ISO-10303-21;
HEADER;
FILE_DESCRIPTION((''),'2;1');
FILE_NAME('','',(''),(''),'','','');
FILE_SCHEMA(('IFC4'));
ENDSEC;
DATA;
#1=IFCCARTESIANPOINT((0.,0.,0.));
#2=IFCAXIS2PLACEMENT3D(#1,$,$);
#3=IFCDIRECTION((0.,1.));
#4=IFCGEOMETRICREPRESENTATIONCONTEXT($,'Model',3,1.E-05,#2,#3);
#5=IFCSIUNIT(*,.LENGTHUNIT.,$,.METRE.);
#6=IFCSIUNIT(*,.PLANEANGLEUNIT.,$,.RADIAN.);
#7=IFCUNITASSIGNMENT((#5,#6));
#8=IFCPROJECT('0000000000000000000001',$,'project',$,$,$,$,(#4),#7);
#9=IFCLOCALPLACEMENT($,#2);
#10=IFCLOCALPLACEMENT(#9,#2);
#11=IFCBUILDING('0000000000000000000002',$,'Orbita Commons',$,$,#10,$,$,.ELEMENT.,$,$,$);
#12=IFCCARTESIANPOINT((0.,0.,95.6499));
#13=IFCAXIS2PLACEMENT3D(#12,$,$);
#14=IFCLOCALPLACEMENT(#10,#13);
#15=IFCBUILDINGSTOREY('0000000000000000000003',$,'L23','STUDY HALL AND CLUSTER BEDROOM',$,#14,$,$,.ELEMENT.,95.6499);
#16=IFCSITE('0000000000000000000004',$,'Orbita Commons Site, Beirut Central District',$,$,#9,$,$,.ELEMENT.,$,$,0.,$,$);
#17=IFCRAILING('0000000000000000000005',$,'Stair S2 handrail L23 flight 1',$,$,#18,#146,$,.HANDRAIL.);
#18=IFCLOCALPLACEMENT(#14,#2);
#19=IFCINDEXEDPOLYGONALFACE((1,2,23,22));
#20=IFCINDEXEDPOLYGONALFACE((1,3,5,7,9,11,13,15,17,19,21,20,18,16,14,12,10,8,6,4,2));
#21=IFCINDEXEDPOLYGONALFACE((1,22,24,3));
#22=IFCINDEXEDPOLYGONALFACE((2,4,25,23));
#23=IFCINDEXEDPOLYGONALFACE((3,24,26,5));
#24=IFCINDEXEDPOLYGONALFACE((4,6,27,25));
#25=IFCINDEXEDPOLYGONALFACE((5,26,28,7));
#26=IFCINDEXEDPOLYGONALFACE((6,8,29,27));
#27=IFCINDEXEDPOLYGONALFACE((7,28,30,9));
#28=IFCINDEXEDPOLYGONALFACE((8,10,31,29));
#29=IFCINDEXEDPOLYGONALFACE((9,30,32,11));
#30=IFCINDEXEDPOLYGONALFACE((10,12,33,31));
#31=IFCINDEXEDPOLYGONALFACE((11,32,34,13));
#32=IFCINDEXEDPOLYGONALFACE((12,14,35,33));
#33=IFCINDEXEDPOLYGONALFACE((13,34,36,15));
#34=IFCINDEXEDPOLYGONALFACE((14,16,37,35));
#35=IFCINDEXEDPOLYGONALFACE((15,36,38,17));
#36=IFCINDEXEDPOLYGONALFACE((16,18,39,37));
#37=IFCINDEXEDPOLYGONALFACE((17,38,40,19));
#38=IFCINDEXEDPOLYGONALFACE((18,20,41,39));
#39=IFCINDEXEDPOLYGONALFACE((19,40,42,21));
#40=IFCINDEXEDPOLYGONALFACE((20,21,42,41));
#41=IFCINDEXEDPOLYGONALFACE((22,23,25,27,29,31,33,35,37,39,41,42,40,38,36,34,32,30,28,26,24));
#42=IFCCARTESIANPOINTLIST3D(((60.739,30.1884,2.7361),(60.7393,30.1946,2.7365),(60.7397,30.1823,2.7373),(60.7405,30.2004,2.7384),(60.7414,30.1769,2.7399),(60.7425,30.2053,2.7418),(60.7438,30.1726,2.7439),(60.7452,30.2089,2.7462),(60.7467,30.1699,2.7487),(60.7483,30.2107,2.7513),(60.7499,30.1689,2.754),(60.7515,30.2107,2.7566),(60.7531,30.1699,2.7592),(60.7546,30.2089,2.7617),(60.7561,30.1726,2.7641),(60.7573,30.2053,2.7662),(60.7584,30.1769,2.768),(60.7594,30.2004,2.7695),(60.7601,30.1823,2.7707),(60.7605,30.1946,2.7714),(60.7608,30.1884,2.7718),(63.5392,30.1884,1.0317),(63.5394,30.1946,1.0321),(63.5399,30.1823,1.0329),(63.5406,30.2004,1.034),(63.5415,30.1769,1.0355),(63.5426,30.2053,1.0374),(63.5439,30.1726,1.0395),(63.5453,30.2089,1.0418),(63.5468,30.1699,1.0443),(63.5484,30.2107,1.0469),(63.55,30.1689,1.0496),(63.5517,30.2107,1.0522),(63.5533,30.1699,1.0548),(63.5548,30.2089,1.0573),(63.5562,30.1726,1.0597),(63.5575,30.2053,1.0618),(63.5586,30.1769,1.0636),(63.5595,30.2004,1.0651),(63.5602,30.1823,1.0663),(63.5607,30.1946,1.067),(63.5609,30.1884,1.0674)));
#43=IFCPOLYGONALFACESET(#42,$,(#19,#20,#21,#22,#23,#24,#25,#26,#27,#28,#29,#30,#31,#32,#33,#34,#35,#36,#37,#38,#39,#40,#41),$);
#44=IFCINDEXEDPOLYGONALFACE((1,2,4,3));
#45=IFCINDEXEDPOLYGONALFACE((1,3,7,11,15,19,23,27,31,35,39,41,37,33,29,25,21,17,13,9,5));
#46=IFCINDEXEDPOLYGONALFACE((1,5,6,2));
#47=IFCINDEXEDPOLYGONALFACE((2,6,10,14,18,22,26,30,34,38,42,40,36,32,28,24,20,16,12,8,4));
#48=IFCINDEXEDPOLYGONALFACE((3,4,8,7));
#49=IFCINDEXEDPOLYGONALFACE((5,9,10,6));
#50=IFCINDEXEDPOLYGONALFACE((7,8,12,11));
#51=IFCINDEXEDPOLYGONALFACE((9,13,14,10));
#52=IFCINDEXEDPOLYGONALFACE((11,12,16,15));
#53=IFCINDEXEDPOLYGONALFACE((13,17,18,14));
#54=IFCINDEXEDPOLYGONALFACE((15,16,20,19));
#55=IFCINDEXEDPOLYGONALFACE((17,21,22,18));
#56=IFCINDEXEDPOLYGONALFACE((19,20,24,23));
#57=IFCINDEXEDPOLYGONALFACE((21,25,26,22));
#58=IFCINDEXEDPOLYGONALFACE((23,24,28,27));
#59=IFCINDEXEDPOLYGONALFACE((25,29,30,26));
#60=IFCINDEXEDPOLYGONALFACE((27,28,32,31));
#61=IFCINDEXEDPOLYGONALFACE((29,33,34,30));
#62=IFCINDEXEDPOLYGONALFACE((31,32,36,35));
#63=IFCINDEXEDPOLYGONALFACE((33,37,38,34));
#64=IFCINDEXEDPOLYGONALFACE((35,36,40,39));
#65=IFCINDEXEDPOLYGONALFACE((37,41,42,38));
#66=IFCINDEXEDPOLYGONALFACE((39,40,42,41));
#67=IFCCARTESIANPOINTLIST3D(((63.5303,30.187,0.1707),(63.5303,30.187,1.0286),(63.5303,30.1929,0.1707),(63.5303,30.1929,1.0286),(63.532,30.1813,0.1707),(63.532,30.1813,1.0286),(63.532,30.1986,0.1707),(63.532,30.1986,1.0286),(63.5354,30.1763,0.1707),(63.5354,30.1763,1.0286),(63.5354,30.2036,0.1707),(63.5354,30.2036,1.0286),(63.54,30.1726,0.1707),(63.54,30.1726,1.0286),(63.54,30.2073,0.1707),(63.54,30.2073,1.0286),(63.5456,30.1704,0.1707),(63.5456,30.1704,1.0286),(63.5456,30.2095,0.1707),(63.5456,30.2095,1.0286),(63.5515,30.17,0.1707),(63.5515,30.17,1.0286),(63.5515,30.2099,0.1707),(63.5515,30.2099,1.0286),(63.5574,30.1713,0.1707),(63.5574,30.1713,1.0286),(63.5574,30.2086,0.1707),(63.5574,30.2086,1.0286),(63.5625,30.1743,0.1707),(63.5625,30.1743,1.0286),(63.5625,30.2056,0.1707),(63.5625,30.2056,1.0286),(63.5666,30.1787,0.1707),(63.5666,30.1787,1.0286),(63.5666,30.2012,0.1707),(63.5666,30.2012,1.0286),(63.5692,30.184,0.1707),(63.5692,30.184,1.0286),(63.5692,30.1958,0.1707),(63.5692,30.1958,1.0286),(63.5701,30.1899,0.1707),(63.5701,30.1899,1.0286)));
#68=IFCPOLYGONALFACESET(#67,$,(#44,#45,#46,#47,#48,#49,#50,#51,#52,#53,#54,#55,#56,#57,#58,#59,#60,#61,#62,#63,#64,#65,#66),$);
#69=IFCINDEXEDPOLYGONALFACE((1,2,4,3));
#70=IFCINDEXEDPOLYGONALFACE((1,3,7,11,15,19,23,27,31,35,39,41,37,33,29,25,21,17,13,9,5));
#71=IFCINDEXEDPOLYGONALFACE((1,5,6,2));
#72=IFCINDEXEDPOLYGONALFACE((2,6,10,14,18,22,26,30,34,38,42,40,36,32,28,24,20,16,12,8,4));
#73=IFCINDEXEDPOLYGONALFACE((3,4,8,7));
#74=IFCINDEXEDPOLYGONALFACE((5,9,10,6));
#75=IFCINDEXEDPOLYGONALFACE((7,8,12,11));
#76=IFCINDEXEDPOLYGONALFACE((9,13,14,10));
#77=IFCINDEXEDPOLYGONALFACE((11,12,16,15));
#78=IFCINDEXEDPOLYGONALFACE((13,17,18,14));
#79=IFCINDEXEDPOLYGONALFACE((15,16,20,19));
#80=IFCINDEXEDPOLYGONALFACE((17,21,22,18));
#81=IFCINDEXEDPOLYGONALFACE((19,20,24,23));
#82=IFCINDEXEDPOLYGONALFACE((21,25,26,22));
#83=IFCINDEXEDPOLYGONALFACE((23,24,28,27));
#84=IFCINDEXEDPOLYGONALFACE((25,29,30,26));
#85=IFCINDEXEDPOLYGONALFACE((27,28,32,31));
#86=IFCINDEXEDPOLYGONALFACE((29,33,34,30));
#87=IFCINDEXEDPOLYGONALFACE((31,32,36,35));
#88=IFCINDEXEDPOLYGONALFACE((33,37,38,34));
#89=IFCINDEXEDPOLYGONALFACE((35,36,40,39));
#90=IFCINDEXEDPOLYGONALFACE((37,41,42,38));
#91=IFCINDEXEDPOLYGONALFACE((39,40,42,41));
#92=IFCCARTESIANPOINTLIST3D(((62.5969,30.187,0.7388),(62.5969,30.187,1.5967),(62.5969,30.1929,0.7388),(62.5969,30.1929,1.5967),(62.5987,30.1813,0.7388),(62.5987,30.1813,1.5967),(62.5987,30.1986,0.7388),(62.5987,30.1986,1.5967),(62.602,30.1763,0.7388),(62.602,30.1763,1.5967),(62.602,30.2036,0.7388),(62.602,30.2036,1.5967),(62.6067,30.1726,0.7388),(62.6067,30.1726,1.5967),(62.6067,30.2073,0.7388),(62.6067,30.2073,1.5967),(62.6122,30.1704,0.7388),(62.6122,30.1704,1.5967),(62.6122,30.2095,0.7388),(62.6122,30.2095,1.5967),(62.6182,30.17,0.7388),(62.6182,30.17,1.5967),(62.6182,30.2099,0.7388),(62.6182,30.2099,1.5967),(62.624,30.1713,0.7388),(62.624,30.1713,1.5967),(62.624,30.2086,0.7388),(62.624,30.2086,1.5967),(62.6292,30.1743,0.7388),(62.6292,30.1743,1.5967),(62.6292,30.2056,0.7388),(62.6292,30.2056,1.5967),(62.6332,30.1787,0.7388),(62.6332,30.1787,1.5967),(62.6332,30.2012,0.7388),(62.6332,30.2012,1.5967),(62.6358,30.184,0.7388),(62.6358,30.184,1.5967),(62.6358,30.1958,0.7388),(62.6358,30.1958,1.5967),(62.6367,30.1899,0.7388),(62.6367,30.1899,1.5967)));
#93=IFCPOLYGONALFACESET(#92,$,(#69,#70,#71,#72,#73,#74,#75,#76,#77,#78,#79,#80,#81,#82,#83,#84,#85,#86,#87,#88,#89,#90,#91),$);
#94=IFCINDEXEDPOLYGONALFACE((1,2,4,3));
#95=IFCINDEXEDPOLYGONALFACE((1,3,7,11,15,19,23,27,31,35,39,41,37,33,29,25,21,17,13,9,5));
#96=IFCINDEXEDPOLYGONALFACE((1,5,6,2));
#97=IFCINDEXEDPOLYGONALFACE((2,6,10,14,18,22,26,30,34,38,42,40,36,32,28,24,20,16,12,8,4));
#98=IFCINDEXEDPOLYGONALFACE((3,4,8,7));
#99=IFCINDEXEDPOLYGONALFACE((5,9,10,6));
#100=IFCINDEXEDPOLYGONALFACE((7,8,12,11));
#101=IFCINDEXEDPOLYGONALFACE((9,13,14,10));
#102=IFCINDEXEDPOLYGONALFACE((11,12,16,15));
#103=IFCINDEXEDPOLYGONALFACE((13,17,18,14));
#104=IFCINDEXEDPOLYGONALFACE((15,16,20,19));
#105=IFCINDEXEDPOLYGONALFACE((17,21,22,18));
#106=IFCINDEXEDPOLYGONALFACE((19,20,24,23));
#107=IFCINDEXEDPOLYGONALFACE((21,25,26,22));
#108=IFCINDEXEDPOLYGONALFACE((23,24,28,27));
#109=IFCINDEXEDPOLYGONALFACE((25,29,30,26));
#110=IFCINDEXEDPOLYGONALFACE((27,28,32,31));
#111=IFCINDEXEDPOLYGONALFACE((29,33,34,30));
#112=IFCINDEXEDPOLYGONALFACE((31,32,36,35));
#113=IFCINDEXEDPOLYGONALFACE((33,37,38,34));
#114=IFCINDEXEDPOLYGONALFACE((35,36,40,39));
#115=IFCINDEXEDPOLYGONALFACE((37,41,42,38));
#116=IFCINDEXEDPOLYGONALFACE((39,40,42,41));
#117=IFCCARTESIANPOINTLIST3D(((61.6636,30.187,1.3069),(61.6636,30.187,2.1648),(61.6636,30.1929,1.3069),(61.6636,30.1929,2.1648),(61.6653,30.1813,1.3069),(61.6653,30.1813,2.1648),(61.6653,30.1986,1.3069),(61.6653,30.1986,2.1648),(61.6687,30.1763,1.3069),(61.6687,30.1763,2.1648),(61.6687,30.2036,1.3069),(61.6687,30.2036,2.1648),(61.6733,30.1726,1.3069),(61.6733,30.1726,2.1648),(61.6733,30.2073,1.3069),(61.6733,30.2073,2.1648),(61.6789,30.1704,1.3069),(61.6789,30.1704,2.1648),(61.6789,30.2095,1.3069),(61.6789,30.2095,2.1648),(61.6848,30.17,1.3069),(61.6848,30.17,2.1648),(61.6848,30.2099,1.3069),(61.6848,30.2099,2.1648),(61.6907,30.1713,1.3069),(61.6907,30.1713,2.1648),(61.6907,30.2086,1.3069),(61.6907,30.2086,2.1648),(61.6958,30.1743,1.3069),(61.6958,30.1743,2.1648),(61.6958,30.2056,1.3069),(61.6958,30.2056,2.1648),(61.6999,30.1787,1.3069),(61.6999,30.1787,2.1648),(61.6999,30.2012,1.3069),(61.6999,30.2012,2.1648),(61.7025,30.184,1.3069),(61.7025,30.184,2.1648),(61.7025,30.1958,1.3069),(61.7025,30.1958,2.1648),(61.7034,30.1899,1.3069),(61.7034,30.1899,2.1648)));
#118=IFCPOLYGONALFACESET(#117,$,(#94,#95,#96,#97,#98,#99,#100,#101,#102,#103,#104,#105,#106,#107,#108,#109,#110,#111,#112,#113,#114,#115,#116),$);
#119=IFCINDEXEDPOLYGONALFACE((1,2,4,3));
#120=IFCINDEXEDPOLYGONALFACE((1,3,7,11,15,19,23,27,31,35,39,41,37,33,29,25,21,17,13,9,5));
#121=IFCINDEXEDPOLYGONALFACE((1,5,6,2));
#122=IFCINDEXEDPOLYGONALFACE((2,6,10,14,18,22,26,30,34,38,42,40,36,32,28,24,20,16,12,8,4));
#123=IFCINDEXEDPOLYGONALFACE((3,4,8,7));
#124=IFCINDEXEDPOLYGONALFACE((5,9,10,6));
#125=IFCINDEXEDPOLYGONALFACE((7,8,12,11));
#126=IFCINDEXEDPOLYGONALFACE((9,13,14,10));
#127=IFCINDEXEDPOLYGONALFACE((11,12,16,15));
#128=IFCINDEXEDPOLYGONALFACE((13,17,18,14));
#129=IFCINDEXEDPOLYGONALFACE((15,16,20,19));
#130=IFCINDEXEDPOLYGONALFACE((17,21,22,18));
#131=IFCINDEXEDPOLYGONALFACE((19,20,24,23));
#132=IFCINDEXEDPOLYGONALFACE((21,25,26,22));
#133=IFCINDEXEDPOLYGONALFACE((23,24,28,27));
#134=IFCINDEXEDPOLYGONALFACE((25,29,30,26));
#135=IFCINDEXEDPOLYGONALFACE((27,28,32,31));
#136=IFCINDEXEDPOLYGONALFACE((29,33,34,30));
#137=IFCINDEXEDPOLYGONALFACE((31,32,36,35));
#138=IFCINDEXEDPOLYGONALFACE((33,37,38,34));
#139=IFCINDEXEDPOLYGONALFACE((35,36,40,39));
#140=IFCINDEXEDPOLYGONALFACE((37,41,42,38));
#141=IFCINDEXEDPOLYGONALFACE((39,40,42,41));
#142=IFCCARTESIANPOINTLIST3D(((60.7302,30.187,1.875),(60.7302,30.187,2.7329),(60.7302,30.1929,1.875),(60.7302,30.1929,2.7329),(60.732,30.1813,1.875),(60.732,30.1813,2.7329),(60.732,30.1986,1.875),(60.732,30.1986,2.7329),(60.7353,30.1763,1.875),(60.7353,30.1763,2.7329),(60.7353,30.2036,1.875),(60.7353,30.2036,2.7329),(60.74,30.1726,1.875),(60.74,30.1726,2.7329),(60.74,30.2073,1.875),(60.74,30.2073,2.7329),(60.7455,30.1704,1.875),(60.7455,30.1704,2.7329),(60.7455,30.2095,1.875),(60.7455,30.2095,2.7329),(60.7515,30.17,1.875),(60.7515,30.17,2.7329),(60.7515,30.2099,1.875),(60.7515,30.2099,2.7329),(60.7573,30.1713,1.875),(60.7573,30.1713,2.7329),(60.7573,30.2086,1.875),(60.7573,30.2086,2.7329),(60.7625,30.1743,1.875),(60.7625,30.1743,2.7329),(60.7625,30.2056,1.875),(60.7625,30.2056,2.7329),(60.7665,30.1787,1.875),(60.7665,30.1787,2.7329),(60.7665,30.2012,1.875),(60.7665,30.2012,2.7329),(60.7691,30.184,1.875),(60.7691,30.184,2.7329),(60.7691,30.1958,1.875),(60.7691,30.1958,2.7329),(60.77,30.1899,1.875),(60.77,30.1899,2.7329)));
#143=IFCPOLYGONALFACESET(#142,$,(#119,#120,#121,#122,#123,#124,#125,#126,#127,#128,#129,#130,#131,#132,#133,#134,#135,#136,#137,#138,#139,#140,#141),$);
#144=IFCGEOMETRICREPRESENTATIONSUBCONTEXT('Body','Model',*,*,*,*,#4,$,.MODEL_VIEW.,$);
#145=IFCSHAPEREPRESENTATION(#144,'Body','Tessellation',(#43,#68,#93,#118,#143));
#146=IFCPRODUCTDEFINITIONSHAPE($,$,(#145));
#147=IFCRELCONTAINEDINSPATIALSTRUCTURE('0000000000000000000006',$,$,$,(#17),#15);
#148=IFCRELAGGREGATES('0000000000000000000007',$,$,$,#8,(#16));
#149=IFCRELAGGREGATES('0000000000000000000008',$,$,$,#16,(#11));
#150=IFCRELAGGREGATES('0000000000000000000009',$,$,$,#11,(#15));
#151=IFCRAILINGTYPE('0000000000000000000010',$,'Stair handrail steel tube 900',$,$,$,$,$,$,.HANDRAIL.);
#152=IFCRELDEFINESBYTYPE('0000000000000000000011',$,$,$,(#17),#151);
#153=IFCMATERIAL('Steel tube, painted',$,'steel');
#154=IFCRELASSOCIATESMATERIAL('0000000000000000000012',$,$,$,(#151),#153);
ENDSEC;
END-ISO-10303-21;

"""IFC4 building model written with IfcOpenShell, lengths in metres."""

from ifc_helpers import new_model, si_unit, direction, frame, origin, origin_2d, place, context, subcontext, project, spatial, circle, extrude, material, type_object, element, save


model = new_model("IFC4")

# Units and contexts
model_context = context("Model", 3, precision=1e-05, world=origin(), true_north=direction((0.0, 1.0)))
body_context = subcontext(model_context, "Body", "Model", "MODEL_VIEW")
ifc_project = project(units=[si_unit("LENGTHUNIT", "METRE"), si_unit("PLANEANGLEUNIT", "RADIAN")], contexts=[model_context])

# Site, building, storey
site_placement = place(None, origin())
site = spatial("IfcSite", under=ifc_project, at=site_placement, Name="Orbita Commons Site, Beirut Central District", CompositionType="ELEMENT", RefElevation=0.0)
building_placement = place(site_placement, origin())
building = spatial("IfcBuilding", under=site, at=building_placement, Name="Orbita Commons", CompositionType="ELEMENT")
storey_placement = place(building_placement, frame((0.0, 0.0, 95.6499)))
storey = spatial("IfcBuildingStorey", under=building, at=storey_placement, Name="L23", Description="STUDY HALL AND CLUSTER BEDROOM", CompositionType="ELEMENT", Elevation=95.6499)

# Railing
ifc_material_1 = material(Name="Steel tube, painted", Category="steel")
railing_type = type_object("IfcRailingType", Name="Stair handrail steel tube 900", PredefinedType="HANDRAIL", material=ifc_material_1)
for number, where, name in (
    (1, (63.55, 30.1899, 0.1707), "Stair S2 handrail L23 flight 1"),
):
    element("IfcRailing", number, at=place(storey_placement, frame(where)), inside=storey, type_object=railing_type, Name=name, PredefinedType="HANDRAIL", context=body_context, shape_type="SweptSolid", body=[
        extrude(circle(Radius=0.021, at=origin_2d()), frame((0.0, 0.0, 0.8789), z_axis=(-0.854203, 0.0, 0.51994), x_axis=(0.0, -1.0, 0.0)), (0.0, 0.0, 1.0), 3.2781),
        extrude(circle(Radius=0.02, at=origin_2d()), origin(), (0.0, 0.0, 1.0), 0.8579),
        extrude(circle(Radius=0.02, at=origin_2d()), frame((-0.9333, 0.0, 0.5681)), (0.0, 0.0, 1.0), 0.8579),
        extrude(circle(Radius=0.02, at=origin_2d()), frame((-1.8667, 0.0, 1.1362)), (0.0, 0.0, 1.0), 0.8579),
        extrude(circle(Radius=0.02, at=origin_2d()), frame((-2.8, 0.0, 1.7043)), (0.0, 0.0, 1.0), 0.8579),
    ])

save(model, "model.ifc")
